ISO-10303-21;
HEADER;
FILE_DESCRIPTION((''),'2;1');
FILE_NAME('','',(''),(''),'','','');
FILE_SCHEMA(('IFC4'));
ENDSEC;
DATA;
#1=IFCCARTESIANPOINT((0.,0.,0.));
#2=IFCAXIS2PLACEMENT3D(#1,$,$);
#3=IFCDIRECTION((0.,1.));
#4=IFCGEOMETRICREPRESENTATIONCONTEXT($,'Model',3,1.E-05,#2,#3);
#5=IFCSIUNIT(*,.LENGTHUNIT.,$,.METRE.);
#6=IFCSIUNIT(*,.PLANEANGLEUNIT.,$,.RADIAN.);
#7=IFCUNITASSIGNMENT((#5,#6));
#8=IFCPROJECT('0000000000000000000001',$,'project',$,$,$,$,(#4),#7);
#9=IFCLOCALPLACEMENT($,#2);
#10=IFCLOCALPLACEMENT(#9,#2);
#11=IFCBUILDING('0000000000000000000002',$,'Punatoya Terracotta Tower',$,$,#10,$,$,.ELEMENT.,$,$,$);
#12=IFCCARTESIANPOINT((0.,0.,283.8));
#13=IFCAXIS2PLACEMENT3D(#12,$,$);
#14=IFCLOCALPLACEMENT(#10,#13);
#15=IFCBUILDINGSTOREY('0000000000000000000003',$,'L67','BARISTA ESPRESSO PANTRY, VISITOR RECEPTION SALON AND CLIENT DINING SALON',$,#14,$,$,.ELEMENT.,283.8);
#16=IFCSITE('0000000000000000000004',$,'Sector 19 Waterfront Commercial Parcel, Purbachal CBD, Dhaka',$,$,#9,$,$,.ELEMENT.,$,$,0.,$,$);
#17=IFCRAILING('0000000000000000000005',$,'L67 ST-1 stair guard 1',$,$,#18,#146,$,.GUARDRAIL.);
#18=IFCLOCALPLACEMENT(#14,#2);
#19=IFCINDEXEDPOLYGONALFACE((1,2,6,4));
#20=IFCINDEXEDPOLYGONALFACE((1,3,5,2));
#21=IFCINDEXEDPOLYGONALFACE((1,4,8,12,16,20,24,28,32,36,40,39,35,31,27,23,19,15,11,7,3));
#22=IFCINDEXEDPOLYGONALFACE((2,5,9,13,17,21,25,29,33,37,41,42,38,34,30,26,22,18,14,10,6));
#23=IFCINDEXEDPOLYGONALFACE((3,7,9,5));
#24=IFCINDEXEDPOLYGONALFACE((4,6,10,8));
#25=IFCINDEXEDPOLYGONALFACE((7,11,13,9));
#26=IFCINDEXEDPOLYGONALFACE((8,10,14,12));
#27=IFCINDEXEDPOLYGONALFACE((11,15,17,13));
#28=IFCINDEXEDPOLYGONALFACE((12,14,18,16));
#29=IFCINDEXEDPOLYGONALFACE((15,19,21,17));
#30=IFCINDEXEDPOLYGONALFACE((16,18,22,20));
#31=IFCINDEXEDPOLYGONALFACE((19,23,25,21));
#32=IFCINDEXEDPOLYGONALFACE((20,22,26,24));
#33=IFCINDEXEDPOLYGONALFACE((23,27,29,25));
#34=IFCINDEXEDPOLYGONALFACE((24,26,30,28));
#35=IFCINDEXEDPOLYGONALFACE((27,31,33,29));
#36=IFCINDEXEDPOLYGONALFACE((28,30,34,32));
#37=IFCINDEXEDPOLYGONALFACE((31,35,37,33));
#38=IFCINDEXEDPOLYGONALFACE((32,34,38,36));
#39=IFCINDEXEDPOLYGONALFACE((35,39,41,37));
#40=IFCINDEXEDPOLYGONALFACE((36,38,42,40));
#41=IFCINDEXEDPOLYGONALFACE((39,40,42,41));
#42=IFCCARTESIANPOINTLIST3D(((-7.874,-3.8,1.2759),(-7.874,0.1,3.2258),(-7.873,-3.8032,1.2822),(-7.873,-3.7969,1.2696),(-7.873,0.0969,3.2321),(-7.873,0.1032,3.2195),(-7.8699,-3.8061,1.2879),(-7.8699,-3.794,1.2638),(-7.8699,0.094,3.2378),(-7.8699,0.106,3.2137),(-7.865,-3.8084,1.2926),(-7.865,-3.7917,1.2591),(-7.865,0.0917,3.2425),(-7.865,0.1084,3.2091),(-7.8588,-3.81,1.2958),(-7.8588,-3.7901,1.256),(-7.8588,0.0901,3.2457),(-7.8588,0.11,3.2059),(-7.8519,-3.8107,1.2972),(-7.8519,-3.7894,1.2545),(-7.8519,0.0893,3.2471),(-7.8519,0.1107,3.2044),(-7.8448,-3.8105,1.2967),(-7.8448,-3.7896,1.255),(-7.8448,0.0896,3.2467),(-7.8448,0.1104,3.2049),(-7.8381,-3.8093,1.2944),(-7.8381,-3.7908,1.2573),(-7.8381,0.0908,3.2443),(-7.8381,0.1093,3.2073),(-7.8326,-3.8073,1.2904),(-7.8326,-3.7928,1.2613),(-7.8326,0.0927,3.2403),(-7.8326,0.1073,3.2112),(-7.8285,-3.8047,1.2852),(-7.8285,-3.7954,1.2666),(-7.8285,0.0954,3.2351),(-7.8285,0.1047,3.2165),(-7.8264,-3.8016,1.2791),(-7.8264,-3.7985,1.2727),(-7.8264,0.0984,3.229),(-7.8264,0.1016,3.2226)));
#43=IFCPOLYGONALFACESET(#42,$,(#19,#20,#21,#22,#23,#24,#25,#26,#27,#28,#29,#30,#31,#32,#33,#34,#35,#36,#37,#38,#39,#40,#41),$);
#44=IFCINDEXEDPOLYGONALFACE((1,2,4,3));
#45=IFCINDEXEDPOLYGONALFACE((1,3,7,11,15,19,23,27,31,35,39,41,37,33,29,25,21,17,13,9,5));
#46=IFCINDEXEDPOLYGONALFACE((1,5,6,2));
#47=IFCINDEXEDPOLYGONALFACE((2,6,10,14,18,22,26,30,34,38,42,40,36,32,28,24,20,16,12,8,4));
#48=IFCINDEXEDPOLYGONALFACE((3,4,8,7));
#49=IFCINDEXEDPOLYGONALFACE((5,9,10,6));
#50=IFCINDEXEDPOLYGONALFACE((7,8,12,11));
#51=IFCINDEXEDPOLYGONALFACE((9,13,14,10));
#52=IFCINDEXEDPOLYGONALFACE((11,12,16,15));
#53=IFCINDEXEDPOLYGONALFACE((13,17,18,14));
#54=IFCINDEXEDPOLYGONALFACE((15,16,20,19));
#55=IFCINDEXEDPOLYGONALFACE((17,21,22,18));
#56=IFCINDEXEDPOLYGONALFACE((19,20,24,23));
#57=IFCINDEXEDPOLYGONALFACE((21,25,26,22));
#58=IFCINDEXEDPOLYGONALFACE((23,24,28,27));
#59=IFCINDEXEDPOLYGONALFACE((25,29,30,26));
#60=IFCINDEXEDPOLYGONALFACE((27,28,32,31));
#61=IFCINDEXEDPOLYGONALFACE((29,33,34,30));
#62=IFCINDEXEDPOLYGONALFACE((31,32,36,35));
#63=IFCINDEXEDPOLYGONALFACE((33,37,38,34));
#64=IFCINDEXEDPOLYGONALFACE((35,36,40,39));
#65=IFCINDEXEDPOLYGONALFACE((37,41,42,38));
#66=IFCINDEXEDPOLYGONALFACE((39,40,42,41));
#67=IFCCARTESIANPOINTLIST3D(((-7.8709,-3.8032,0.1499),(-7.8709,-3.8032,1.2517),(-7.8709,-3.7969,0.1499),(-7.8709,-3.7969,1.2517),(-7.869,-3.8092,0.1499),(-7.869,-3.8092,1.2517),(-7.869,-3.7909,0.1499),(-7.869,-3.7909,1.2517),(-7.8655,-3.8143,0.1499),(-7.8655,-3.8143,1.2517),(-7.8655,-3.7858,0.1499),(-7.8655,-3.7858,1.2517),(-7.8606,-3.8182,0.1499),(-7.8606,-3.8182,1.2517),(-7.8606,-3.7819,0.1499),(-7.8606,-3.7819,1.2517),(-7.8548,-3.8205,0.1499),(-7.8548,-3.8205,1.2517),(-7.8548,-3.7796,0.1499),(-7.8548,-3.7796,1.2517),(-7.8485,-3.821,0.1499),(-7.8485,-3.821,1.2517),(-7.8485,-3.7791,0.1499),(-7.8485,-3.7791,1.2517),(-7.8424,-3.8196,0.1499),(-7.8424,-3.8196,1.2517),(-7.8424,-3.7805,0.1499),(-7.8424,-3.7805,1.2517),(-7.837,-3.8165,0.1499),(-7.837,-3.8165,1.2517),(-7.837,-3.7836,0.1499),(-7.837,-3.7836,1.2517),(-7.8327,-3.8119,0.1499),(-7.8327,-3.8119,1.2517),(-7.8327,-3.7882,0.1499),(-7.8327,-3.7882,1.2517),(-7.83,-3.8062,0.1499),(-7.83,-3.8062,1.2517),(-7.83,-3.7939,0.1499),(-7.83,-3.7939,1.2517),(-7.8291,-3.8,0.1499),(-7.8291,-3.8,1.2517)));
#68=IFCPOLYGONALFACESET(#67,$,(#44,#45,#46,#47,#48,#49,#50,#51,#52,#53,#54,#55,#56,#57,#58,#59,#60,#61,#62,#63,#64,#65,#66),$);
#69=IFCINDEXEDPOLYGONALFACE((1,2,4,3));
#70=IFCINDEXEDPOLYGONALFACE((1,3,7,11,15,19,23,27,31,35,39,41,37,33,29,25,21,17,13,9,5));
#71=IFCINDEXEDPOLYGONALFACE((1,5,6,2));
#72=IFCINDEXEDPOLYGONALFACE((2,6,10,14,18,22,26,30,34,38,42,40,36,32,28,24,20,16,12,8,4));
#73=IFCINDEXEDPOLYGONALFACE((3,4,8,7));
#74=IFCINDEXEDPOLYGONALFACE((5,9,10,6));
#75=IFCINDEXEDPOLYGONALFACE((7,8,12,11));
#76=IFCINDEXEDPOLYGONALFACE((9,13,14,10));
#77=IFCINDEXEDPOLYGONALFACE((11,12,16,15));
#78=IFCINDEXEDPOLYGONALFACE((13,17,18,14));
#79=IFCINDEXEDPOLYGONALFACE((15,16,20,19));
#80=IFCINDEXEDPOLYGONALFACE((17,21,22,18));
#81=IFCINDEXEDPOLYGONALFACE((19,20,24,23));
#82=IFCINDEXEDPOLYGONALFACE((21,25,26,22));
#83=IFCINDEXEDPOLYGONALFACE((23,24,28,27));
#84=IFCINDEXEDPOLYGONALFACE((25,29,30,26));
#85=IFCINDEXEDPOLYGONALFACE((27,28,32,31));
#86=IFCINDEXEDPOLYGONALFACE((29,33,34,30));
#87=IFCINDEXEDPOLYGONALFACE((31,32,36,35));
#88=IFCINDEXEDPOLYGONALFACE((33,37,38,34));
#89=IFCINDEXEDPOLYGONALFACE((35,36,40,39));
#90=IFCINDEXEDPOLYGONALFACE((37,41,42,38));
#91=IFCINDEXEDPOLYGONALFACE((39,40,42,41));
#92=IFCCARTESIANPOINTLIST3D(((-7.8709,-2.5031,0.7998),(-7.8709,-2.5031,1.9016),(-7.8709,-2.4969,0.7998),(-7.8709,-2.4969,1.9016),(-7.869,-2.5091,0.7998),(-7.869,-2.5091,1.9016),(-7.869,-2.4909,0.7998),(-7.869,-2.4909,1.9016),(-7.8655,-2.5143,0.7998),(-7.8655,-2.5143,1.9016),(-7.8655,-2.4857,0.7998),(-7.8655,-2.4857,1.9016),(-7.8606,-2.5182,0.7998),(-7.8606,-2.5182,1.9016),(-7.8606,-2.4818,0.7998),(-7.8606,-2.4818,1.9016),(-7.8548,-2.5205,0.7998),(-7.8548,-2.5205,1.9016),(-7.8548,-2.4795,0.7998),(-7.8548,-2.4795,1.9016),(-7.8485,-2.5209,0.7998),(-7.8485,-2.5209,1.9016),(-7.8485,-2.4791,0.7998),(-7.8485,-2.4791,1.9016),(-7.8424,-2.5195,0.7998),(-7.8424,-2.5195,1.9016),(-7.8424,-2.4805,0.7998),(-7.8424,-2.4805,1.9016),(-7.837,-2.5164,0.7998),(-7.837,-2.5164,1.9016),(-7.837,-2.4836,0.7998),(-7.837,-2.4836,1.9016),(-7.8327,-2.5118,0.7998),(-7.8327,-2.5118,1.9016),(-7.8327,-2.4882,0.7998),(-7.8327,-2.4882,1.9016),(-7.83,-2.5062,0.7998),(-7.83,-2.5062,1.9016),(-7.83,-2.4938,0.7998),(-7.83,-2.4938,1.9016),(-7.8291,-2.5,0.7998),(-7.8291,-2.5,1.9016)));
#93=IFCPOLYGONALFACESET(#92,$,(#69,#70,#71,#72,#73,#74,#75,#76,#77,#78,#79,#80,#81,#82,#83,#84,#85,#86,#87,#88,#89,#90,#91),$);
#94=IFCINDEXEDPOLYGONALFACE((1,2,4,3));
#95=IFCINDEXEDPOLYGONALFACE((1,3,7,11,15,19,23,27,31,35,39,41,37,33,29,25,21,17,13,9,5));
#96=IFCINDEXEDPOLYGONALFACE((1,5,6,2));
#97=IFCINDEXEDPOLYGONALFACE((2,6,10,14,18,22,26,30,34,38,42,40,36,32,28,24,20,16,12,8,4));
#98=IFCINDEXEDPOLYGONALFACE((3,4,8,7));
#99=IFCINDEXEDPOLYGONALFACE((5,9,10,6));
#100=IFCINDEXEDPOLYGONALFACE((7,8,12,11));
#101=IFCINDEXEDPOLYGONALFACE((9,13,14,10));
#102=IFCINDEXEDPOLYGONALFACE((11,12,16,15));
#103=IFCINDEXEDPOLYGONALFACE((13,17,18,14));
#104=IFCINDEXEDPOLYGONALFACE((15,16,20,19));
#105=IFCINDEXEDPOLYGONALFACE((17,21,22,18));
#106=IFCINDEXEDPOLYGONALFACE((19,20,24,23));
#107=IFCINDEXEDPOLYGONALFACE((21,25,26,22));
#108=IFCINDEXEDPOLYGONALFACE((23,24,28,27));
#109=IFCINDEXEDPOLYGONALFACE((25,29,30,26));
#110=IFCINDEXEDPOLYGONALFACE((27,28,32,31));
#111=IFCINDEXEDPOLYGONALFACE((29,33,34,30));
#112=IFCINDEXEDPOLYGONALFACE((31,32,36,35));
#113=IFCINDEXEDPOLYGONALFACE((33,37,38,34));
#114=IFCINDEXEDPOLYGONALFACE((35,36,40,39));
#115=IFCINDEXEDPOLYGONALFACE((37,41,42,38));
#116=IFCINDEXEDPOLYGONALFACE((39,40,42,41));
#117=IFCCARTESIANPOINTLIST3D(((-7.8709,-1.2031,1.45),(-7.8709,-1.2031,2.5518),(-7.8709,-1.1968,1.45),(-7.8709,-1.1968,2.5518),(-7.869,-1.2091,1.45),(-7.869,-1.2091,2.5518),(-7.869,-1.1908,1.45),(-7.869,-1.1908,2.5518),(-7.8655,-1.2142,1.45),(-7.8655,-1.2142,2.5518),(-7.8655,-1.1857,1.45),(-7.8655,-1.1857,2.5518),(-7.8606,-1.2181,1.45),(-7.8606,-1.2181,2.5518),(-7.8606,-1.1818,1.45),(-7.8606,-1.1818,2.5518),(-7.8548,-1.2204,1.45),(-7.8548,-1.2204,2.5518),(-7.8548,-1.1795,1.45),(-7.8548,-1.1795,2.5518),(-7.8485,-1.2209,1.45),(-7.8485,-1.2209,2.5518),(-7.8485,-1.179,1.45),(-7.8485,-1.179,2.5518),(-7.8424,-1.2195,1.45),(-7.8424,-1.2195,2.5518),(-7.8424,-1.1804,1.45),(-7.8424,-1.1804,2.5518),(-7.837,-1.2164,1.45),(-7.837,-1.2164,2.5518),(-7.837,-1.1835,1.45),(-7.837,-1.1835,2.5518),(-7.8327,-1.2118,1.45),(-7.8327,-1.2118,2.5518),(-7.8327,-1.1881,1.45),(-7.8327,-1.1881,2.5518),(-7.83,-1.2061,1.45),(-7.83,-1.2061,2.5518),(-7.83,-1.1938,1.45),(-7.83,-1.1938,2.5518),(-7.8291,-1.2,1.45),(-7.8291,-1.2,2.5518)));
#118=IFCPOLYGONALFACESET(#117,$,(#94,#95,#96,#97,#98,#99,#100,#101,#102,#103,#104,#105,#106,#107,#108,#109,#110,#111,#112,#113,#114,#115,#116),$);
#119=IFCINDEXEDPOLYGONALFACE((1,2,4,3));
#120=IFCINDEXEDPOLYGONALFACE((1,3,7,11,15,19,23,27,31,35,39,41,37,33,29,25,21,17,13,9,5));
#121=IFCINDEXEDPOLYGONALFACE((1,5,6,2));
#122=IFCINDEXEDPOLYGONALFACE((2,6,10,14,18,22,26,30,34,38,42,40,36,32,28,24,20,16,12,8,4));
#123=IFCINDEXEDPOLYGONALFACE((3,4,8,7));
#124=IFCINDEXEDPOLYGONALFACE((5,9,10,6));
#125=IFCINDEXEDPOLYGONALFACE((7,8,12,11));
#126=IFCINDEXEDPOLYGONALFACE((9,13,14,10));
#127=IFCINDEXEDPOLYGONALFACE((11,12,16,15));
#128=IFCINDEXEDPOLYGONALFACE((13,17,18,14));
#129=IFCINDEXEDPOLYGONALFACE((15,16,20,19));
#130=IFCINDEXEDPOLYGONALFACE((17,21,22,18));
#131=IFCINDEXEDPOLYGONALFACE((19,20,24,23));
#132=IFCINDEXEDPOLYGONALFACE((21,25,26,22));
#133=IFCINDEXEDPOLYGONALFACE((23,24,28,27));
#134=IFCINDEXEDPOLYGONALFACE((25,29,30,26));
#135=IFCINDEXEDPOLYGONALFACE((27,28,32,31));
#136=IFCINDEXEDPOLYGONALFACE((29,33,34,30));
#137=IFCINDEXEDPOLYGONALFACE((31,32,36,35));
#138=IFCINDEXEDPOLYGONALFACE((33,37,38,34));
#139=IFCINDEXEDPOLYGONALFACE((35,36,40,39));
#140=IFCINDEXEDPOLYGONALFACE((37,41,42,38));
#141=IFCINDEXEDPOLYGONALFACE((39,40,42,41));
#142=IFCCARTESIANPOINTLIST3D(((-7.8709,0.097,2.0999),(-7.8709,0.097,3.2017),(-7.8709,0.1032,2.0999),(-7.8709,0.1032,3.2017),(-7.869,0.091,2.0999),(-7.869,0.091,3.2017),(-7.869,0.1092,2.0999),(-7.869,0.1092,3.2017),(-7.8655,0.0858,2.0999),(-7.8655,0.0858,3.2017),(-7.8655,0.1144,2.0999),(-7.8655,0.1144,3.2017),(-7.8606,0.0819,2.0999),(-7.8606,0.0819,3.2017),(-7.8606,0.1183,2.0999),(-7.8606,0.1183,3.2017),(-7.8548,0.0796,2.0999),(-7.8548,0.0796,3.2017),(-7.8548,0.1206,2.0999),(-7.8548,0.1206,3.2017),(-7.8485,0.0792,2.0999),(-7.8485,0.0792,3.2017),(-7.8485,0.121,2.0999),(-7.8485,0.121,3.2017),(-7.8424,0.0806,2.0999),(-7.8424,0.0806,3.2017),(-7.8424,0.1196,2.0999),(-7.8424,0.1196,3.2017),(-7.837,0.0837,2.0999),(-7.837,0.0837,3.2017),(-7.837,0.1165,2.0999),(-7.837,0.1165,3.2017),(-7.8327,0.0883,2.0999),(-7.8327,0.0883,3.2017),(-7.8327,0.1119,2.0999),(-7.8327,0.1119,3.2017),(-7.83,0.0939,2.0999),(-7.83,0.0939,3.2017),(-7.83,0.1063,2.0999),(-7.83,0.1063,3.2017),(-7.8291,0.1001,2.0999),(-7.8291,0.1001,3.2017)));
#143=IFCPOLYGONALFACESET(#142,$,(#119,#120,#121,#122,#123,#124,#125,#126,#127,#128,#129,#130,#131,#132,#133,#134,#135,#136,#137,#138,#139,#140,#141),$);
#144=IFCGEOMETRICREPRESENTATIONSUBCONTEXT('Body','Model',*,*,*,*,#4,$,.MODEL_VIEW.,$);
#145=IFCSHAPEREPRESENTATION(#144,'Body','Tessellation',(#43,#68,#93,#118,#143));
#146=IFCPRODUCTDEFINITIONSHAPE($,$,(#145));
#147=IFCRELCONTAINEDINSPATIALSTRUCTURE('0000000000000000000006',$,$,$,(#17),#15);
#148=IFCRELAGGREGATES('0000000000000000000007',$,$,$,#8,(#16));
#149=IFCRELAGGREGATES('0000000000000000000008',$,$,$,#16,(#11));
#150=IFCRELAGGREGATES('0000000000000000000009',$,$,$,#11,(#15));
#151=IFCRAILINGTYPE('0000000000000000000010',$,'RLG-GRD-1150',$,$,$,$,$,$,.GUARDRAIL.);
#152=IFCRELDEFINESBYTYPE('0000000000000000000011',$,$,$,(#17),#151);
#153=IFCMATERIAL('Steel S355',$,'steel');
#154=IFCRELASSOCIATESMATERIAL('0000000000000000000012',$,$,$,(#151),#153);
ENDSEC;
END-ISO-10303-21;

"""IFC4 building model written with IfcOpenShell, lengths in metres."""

from ifc_helpers import new_model, si_unit, direction, frame, origin, origin_2d, place, context, subcontext, project, spatial, circle, extrude, material, type_object, element, save


model = new_model("IFC4")

# Units and contexts
model_context = context("Model", 3, precision=1e-05, world=origin(), true_north=direction((0.0, 1.0)))
body_context = subcontext(model_context, "Body", "Model", "MODEL_VIEW")
ifc_project = project(units=[si_unit("LENGTHUNIT", "METRE"), si_unit("PLANEANGLEUNIT", "RADIAN")], contexts=[model_context])

# Site, building, storey
site_placement = place(None, origin())
site = spatial("IfcSite", under=ifc_project, at=site_placement, Name="Sector 19 Waterfront Commercial Parcel, Purbachal CBD, Dhaka", CompositionType="ELEMENT", RefElevation=0.0)
building_placement = place(site_placement, origin())
building = spatial("IfcBuilding", under=site, at=building_placement, Name="Punatoya Terracotta Tower", CompositionType="ELEMENT")
storey_placement = place(building_placement, frame((0.0, 0.0, 283.8)))
storey = spatial("IfcBuildingStorey", under=building, at=storey_placement, Name="L67", Description="BARISTA ESPRESSO PANTRY, VISITOR RECEPTION SALON AND CLIENT DINING SALON", CompositionType="ELEMENT", Elevation=283.8)

# Railing
ifc_material_1 = material(Name="Steel S355", Category="steel")
railing_type_1 = type_object("IfcRailingType", Name="RLG-GRD-1150", PredefinedType="GUARDRAIL", material=ifc_material_1)
railing_1_placement = place(storey_placement, frame((-7.8501, -3.8, 0.1499)))
element("IfcRailing", 1, at=railing_1_placement, inside=storey, type_object=railing_type_1, Name="L67 ST-1 stair guard 1", PredefinedType="GUARDRAIL", context=body_context, shape_type="SweptSolid", body=[
    extrude(circle(Radius=0.0239, at=origin_2d()), frame((0.0, 0.0, 1.126), z_axis=(0.0, 0.894438, 0.447191), x_axis=(-1.0, 0.0, 0.0)), (0.0, 0.0, 1.0), 4.3604),
    extrude(circle(Radius=0.021, at=origin_2d()), origin(), (0.0, 0.0, 1.0), 1.1018),
    extrude(circle(Radius=0.021, at=origin_2d()), frame((0.0, 1.3, 0.6499)), (0.0, 0.0, 1.0), 1.1018),
    extrude(circle(Radius=0.021, at=origin_2d()), frame((0.0, 2.6001, 1.3)), (0.0, 0.0, 1.0), 1.1018),
    extrude(circle(Radius=0.021, at=origin_2d()), frame((0.0, 3.9001, 1.95)), (0.0, 0.0, 1.0), 1.1018),
])

save(model, "model.ifc")
